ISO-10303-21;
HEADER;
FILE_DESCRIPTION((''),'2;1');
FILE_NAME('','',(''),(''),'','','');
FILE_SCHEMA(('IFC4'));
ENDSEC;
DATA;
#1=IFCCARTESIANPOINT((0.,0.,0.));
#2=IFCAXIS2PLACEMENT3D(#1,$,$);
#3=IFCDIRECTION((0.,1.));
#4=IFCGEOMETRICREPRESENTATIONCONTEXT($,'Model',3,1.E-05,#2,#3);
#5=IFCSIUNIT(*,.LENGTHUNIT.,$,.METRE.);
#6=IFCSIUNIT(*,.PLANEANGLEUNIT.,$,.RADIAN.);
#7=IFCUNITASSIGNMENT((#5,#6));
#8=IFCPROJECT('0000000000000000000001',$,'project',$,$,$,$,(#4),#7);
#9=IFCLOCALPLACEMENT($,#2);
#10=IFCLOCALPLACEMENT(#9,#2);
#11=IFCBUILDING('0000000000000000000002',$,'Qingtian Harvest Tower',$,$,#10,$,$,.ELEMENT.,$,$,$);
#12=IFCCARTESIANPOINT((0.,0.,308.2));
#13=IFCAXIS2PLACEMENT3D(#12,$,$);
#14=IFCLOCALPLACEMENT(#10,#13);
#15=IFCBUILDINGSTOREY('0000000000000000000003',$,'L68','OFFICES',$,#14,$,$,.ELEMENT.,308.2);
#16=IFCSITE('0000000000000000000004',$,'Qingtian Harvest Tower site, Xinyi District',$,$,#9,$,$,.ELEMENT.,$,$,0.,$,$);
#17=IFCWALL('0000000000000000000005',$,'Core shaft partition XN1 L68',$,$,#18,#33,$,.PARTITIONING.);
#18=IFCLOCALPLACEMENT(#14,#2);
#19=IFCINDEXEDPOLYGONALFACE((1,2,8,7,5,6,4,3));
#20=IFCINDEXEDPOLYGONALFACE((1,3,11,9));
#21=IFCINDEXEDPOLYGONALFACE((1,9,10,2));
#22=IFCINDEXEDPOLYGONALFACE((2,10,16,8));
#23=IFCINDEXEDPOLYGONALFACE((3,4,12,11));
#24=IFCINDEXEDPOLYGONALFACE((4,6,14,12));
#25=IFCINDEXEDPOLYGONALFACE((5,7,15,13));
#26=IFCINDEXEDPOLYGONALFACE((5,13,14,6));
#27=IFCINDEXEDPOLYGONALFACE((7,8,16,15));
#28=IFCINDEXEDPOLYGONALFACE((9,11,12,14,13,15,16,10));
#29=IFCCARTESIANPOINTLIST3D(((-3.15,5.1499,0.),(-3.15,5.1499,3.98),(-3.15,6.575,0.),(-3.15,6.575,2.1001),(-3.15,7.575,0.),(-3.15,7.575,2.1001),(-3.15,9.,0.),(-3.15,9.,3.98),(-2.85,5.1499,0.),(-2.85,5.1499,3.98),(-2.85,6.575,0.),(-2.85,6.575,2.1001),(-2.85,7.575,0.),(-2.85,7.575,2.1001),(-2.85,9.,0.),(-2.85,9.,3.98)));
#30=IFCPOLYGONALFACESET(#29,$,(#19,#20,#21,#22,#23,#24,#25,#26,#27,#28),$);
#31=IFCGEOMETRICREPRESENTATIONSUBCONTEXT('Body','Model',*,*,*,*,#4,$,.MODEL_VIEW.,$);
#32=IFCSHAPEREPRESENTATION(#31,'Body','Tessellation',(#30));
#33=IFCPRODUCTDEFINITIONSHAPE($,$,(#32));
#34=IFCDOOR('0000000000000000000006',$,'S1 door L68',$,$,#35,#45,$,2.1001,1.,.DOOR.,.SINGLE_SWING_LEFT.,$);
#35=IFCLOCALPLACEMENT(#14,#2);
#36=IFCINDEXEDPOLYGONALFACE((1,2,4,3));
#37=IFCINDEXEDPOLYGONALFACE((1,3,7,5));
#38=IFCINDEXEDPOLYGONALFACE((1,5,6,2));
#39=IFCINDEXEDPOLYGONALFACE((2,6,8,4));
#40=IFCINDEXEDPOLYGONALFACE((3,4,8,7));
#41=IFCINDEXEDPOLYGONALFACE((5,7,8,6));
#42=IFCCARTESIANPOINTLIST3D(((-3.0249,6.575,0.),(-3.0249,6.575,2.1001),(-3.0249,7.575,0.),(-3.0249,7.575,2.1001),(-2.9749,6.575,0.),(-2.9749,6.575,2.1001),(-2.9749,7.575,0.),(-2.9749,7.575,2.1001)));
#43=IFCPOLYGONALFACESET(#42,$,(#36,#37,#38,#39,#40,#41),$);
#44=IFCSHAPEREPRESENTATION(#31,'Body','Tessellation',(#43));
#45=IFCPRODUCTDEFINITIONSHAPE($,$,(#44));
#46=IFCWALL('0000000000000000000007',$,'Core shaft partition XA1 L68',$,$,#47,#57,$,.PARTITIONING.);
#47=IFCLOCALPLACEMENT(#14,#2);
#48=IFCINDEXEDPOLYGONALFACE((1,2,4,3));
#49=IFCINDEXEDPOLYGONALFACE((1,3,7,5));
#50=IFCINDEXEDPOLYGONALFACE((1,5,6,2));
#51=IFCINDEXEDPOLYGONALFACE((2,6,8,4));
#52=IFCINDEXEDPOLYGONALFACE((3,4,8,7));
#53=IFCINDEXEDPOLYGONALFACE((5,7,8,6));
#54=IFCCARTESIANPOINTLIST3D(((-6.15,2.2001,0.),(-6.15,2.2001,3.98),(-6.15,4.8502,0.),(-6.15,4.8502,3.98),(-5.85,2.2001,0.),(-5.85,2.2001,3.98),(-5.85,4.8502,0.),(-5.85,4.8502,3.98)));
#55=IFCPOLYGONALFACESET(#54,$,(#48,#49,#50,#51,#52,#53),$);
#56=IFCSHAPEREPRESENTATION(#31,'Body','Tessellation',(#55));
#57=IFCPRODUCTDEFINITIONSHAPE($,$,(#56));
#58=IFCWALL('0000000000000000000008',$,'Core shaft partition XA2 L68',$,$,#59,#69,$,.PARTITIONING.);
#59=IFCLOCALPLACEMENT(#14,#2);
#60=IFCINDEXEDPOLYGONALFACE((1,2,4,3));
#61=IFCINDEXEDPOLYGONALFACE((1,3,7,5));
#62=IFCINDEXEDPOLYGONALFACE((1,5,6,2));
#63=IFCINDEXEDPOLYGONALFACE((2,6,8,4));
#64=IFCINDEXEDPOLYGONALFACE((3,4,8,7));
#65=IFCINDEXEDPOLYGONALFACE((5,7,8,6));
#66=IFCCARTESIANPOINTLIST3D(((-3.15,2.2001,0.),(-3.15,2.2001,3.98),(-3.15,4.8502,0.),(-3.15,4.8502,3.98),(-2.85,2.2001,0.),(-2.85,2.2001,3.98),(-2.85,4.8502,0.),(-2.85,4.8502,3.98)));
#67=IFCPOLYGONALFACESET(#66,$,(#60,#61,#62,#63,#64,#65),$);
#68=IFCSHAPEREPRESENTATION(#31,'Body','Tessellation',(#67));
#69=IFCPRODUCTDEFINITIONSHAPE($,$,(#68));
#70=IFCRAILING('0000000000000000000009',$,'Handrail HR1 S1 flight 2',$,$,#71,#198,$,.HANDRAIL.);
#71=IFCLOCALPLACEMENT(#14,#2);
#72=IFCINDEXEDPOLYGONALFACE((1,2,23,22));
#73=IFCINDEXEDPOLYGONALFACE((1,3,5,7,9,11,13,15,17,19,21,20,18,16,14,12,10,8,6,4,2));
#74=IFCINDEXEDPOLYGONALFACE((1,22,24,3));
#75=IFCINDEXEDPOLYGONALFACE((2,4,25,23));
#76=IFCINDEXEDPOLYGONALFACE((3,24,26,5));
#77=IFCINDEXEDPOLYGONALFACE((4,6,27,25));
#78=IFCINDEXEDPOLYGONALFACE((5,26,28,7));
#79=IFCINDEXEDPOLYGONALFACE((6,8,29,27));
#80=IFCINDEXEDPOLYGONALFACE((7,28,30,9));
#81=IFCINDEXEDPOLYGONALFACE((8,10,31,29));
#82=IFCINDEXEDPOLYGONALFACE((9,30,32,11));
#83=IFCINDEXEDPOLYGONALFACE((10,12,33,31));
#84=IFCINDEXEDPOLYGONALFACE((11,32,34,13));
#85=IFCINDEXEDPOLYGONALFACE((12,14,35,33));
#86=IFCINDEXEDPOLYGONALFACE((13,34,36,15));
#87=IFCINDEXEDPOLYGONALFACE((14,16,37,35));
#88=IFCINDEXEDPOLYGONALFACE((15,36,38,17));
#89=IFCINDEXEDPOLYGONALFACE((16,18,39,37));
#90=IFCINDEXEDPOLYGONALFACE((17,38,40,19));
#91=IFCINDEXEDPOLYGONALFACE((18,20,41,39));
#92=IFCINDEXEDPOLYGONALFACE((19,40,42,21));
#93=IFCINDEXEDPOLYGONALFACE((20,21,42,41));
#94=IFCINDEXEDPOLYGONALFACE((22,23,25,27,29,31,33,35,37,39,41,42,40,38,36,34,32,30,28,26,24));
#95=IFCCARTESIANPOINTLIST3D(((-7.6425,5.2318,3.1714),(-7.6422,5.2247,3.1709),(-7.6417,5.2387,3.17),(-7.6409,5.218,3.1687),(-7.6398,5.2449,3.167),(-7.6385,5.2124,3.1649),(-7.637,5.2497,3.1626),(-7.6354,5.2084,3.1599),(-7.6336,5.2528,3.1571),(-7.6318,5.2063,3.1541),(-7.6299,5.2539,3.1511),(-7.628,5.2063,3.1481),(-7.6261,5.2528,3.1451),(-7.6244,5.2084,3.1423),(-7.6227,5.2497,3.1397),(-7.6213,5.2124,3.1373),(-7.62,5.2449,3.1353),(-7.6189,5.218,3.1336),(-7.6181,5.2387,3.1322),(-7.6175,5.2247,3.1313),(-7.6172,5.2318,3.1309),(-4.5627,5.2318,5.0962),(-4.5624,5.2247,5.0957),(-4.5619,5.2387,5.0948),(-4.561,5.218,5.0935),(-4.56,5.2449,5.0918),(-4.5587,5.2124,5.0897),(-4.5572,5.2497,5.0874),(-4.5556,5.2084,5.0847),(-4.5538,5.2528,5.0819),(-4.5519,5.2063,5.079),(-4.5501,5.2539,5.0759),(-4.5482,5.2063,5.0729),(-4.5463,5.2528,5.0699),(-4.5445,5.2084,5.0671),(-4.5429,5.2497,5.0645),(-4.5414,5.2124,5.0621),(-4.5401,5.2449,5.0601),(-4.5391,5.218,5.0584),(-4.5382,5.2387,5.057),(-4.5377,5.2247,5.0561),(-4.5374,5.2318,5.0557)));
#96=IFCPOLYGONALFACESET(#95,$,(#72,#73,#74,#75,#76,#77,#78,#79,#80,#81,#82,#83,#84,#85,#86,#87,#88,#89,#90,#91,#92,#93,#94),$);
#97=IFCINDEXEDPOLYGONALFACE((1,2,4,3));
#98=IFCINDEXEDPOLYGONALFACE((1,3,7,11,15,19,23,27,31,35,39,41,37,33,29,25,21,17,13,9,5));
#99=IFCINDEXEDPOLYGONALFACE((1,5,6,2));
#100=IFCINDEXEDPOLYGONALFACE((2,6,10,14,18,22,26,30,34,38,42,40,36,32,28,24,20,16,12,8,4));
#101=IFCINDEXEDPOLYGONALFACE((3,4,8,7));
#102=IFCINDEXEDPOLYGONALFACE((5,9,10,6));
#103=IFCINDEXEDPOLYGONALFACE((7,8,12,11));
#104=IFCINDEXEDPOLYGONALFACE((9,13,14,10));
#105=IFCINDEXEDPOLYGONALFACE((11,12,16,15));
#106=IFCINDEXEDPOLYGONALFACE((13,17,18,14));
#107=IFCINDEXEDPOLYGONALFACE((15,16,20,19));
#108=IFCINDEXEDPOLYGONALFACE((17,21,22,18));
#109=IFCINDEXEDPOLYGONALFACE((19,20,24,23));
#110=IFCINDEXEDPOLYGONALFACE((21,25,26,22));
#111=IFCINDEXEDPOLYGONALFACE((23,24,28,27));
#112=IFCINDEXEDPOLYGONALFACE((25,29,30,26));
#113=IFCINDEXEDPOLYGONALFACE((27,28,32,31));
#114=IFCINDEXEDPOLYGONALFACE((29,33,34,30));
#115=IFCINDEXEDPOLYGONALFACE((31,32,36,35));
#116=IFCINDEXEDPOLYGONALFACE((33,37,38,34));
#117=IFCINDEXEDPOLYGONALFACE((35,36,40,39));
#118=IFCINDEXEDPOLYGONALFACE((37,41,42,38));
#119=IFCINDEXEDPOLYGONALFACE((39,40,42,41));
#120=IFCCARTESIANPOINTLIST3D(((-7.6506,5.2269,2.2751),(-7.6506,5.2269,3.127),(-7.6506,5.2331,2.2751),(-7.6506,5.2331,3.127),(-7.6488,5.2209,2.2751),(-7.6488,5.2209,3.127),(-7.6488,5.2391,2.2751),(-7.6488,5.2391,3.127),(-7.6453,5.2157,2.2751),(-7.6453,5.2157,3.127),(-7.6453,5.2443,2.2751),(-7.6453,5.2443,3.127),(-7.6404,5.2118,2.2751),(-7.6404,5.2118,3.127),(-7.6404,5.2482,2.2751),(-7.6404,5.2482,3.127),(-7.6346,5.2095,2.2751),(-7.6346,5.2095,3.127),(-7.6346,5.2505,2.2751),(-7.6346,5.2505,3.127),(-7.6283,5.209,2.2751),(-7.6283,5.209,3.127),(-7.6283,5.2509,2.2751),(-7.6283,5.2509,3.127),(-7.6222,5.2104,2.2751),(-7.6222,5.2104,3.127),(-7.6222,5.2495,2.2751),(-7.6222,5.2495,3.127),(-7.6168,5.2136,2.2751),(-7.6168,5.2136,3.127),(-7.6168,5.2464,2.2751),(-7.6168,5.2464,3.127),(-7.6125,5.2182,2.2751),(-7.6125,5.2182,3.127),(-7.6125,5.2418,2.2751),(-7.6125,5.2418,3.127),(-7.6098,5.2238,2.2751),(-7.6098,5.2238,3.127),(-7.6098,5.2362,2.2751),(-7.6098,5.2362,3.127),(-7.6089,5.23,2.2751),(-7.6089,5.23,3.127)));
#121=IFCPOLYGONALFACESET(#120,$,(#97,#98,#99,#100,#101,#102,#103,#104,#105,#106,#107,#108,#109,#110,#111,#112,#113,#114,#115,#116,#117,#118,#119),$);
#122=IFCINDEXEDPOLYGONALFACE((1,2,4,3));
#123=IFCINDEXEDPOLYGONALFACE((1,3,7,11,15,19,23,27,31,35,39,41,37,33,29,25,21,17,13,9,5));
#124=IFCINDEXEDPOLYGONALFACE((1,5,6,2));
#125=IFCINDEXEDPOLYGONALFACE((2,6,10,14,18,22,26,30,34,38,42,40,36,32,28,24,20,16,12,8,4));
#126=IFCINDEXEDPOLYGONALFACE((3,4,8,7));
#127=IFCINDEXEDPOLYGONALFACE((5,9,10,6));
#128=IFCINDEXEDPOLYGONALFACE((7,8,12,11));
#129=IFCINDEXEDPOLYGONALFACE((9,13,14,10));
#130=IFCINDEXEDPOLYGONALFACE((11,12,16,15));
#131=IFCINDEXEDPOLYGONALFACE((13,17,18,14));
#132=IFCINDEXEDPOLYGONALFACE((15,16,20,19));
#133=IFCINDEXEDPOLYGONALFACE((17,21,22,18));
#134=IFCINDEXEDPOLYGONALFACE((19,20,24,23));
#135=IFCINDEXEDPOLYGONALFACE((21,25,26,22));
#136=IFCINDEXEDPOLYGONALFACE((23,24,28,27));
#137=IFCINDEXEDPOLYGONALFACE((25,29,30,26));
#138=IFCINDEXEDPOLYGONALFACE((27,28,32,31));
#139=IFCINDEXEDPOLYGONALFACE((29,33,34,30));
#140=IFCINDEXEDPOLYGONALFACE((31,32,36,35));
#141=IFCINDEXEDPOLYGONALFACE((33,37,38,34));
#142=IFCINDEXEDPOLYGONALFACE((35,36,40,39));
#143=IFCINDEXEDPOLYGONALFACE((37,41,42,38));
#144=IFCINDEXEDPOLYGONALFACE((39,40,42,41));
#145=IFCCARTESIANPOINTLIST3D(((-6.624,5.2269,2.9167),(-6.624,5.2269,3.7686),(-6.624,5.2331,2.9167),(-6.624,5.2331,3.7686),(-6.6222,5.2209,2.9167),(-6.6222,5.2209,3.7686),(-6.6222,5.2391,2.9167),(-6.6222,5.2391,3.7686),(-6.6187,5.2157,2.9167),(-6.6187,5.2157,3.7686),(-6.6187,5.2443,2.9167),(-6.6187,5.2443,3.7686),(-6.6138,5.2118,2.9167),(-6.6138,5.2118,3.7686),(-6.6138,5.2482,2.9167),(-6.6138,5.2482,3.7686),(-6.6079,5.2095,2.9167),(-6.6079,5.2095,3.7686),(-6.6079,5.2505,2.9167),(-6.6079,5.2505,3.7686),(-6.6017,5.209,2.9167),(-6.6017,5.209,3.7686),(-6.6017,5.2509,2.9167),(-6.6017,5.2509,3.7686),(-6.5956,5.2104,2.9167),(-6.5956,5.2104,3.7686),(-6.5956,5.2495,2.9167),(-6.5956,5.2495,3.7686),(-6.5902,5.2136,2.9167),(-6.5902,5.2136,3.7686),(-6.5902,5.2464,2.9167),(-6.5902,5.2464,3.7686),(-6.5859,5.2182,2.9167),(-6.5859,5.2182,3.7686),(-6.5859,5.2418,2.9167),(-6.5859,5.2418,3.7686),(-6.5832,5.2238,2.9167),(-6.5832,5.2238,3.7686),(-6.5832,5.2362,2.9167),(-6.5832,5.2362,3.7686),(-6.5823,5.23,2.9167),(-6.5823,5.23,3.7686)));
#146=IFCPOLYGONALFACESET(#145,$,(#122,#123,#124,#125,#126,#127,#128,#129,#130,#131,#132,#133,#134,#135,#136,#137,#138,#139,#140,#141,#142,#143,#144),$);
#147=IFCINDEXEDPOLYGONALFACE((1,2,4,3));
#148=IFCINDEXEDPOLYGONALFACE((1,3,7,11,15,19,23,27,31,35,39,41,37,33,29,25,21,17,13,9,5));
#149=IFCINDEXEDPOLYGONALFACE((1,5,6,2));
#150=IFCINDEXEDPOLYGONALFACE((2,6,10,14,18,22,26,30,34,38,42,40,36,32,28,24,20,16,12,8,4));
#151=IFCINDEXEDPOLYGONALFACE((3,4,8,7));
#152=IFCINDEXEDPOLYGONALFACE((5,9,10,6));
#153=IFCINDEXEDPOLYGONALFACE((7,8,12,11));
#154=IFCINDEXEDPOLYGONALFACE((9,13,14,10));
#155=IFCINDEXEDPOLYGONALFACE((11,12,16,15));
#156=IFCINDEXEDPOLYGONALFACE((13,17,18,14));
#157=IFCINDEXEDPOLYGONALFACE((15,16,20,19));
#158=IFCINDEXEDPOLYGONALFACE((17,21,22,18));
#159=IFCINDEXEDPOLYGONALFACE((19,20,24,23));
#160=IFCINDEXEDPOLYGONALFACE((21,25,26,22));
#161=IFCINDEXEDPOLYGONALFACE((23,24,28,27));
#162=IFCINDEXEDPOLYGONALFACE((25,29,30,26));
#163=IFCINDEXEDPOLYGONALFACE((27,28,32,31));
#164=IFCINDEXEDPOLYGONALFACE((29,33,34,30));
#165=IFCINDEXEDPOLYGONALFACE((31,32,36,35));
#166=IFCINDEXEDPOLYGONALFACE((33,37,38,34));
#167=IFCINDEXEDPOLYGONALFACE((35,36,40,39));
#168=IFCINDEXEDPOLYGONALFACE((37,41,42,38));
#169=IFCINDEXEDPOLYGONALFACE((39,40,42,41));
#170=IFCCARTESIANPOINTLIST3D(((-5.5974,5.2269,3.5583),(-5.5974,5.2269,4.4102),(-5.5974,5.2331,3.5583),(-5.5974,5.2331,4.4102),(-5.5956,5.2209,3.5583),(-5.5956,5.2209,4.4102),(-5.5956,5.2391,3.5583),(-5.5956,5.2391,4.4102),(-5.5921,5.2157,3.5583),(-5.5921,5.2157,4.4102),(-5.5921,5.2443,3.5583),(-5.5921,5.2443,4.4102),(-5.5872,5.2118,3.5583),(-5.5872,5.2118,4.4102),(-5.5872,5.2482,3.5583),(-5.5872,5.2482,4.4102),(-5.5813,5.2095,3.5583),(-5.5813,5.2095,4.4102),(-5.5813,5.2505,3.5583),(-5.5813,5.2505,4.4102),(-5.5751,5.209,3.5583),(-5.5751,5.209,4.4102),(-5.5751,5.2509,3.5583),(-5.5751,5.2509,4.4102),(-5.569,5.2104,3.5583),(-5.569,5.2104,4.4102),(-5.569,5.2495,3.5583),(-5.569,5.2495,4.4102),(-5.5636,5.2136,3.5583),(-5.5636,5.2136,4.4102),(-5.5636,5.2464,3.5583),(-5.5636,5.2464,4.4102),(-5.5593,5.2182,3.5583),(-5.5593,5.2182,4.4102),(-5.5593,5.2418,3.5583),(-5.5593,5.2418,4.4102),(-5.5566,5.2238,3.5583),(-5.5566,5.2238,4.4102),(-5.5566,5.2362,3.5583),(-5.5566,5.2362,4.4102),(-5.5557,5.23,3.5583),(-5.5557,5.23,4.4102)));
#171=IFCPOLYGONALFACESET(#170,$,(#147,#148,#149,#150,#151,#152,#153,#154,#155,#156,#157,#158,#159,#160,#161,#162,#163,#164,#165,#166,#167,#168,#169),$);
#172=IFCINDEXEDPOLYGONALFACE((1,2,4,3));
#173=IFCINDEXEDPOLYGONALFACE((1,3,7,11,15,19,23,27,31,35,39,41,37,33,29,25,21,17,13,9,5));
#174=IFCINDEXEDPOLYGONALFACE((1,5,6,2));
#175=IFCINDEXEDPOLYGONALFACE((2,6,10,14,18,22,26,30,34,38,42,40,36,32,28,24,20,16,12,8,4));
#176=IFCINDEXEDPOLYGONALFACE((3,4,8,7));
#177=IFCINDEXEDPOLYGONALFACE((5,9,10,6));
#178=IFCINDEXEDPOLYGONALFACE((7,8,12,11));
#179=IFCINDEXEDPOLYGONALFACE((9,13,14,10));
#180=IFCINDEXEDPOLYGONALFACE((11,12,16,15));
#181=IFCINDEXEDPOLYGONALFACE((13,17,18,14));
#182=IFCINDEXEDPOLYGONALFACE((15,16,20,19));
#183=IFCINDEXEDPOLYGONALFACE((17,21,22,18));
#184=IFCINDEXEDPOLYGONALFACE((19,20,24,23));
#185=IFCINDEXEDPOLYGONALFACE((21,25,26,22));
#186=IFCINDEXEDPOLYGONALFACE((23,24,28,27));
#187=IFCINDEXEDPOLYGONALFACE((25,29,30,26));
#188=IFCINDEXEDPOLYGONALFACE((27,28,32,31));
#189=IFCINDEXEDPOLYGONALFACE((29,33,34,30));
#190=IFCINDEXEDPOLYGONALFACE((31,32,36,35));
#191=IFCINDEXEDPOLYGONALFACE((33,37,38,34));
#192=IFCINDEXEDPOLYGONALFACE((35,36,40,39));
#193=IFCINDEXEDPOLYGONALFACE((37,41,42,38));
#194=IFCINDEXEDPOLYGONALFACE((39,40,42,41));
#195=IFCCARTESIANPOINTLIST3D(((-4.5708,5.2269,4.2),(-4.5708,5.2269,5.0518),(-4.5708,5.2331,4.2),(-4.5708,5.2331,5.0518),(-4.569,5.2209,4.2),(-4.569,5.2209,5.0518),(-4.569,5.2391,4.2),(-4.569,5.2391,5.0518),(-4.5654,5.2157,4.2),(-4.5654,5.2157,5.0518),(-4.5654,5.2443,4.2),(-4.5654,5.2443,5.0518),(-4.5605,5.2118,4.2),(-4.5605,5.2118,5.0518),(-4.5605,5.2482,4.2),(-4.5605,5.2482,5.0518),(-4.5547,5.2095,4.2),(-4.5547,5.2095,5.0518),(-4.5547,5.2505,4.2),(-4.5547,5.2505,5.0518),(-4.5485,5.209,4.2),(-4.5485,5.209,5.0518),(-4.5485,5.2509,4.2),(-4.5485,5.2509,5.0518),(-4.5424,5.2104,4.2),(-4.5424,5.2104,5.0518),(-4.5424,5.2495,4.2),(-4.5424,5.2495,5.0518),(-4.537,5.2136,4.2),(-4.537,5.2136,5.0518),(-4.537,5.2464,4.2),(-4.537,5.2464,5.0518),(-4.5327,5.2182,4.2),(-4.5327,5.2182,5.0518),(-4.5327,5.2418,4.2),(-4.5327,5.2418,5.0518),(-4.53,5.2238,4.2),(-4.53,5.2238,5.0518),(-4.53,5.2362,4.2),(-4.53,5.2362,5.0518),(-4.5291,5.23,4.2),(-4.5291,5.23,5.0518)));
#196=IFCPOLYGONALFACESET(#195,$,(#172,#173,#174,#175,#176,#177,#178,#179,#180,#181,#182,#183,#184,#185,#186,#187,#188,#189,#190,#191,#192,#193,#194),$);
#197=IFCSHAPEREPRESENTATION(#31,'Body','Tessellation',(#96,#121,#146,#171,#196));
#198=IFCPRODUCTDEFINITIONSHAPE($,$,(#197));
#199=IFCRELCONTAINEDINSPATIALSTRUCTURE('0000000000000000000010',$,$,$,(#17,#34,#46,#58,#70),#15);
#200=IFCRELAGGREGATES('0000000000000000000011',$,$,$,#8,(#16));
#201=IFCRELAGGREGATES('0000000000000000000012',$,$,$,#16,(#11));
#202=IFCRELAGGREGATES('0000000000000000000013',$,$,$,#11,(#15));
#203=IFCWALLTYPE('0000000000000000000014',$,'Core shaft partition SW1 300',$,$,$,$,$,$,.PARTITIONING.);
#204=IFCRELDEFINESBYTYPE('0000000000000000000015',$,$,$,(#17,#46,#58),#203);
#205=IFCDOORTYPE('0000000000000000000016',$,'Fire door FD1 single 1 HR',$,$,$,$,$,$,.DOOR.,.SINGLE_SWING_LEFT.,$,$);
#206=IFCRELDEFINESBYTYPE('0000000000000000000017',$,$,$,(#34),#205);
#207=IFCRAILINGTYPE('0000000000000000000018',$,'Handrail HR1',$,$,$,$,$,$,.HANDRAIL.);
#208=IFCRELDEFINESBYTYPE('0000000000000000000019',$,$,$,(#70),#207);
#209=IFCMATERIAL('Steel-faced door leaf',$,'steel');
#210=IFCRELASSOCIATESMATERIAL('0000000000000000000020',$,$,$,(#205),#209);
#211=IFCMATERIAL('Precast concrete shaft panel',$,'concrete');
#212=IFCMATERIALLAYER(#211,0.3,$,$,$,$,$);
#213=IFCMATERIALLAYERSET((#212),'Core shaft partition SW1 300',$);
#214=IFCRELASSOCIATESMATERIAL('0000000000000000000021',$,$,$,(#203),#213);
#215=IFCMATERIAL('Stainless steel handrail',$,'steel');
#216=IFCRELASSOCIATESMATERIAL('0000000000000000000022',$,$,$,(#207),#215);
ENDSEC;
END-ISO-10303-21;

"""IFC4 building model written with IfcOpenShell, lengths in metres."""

from ifc_helpers import new_model, si_unit, direction, frame, frame_2d, origin, origin_2d, place, context, subcontext, project, spatial, rectangle, circle, extrude, material, layer, layer_set, type_object, element, fill, save


model = new_model("IFC4")

# Units and contexts
model_context = context("Model", 3, precision=1e-05, world=origin(), true_north=direction((0.0, 1.0)))
body_context = subcontext(model_context, "Body", "Model", "MODEL_VIEW")
ifc_project = project(units=[si_unit("LENGTHUNIT", "METRE"), si_unit("PLANEANGLEUNIT", "RADIAN")], contexts=[model_context])

# Site, building, storey
site_placement = place(None, origin())
site = spatial("IfcSite", under=ifc_project, at=site_placement, Name="Qingtian Harvest Tower site, Xinyi District", CompositionType="ELEMENT", RefElevation=0.0)
building_placement = place(site_placement, origin())
building = spatial("IfcBuilding", under=site, at=building_placement, Name="Qingtian Harvest Tower", CompositionType="ELEMENT")
storey_placement = place(building_placement, frame((0.0, 0.0, 308.2)))
storey = spatial("IfcBuildingStorey", under=building, at=storey_placement, Name="L68", Description="OFFICES", CompositionType="ELEMENT", Elevation=308.2)

# Shared definitions
ifc_material_1 = material(Name="Steel-faced door leaf", Category="steel")
door_type_1 = type_object("IfcDoorType", Name="Fire door FD1 single 1 HR", OperationType="SINGLE_SWING_LEFT", PredefinedType="DOOR", material=ifc_material_1)

# Wall, opening, door
ifc_material_2 = material(Name="Precast concrete shaft panel", Category="concrete")
ifc_layer_1 = layer(ifc_material_2, 0.3)
ifc_layer_set_1 = layer_set([ifc_layer_1], Name="Core shaft partition SW1 300")
wall_type_1 = type_object("IfcWallType", Name="Core shaft partition SW1 300", PredefinedType="PARTITIONING", material=ifc_layer_set_1)
wall_1_placement = place(storey_placement, frame((-3.0, 5.1499, 0.0), z_axis=(0.0, 0.0, 1.0), x_axis=(0.0, 1.0, 0.0)))
wall_1 = element("IfcWall", 1, at=wall_1_placement, inside=storey, type_object=wall_type_1, Name="Core shaft partition XN1 L68", PredefinedType="PARTITIONING", context=body_context, shape_type="SweptSolid", body=[
    extrude(rectangle(XDim=3.8501, YDim=0.3, at=frame_2d((1.925, 0.0))), origin(), (0.0, 0.0, 1.0), 3.98),
])
opening_1_placement = place(wall_1_placement, frame((1.425, 0.0, 0.0)))
opening_1 = element("IfcOpeningElement", 2, at=opening_1_placement, cuts=wall_1, PredefinedType="OPENING", context=body_context, shape_type="SweptSolid", body=[
    extrude(rectangle(XDim=1.0, YDim=2.1001, at=frame_2d((0.5, 1.05))), frame((0.0, 0.1599, 0.0), z_axis=(0.0, -1.0, 0.0), x_axis=(1.0, 0.0, 0.0)), (0.0, 0.0, 1.0), 0.3201),
])
door_1_placement = place(opening_1_placement, origin())
door_1 = element("IfcDoor", 3, at=door_1_placement, inside=storey, type_object=door_type_1, Name="S1 door L68", OperationType="SINGLE_SWING_LEFT", OverallHeight=2.1001, OverallWidth=1.0, PredefinedType="DOOR", context=body_context, shape_type="SweptSolid", body=[
    extrude(rectangle(XDim=1.0, YDim=2.1001, at=frame_2d((0.5, 1.05))), frame((0.0, 0.0249, 0.0), z_axis=(0.0, -1.0, 0.0), x_axis=(1.0, 0.0, 0.0)), (0.0, 0.0, 1.0), 0.05),
])
fill(opening_1, door_1)

# Walls
for number, where, z_axis, x_axis, name in (
    (4, (-6.0, 2.2, 0.0), (0.0, 0.0, 1.0), (0.0, 1.0, 0.0), "Core shaft partition XA1 L68"),
    (5, (-3.0, 2.2, 0.0), (0.0, 0.0, 1.0), (0.0, 1.0, 0.0), "Core shaft partition XA2 L68"),
):
    element("IfcWall", number, at=place(storey_placement, frame(where, z_axis=z_axis, x_axis=x_axis)), inside=storey, type_object=wall_type_1, Name=name, PredefinedType="PARTITIONING", context=body_context, shape_type="SweptSolid", body=[
        extrude(rectangle(XDim=2.6501, YDim=0.3, at=frame_2d((1.3252, 0.0))), origin(), (0.0, 0.0, 1.0), 3.98),
    ])

# Railing
ifc_material_3 = material(Name="Stainless steel handrail", Category="steel")
railing_type = type_object("IfcRailingType", Name="Handrail HR1", PredefinedType="HANDRAIL", material=ifc_material_3)
railing_placement = place(storey_placement, frame((-7.6299, 5.23, 2.2751)))
element("IfcRailing", 6, at=railing_placement, inside=storey, type_object=railing_type, Name="Handrail HR1 S1 flight 2", PredefinedType="HANDRAIL", context=body_context, shape_type="SweptSolid", body=[
    extrude(circle(Radius=0.0239, at=origin_2d()), frame((0.0, 0.0, 0.876), z_axis=(0.84801, 0.0, 0.529981), x_axis=(0.0, 1.0, 0.0)), (0.0, 0.0, 1.0), 3.6318),
    extrude(circle(Radius=0.021, at=origin_2d()), origin(), (0.0, 0.0, 1.0), 0.8518),
    extrude(circle(Radius=0.021, at=origin_2d()), frame((1.0266, 0.0, 0.6416)), (0.0, 0.0, 1.0), 0.8518),
    extrude(circle(Radius=0.021, at=origin_2d()), frame((2.0532, 0.0, 1.2832)), (0.0, 0.0, 1.0), 0.8518),
    extrude(circle(Radius=0.021, at=origin_2d()), frame((3.0798, 0.0, 1.9248)), (0.0, 0.0, 1.0), 0.8518),
])

save(model, "model.ifc")
